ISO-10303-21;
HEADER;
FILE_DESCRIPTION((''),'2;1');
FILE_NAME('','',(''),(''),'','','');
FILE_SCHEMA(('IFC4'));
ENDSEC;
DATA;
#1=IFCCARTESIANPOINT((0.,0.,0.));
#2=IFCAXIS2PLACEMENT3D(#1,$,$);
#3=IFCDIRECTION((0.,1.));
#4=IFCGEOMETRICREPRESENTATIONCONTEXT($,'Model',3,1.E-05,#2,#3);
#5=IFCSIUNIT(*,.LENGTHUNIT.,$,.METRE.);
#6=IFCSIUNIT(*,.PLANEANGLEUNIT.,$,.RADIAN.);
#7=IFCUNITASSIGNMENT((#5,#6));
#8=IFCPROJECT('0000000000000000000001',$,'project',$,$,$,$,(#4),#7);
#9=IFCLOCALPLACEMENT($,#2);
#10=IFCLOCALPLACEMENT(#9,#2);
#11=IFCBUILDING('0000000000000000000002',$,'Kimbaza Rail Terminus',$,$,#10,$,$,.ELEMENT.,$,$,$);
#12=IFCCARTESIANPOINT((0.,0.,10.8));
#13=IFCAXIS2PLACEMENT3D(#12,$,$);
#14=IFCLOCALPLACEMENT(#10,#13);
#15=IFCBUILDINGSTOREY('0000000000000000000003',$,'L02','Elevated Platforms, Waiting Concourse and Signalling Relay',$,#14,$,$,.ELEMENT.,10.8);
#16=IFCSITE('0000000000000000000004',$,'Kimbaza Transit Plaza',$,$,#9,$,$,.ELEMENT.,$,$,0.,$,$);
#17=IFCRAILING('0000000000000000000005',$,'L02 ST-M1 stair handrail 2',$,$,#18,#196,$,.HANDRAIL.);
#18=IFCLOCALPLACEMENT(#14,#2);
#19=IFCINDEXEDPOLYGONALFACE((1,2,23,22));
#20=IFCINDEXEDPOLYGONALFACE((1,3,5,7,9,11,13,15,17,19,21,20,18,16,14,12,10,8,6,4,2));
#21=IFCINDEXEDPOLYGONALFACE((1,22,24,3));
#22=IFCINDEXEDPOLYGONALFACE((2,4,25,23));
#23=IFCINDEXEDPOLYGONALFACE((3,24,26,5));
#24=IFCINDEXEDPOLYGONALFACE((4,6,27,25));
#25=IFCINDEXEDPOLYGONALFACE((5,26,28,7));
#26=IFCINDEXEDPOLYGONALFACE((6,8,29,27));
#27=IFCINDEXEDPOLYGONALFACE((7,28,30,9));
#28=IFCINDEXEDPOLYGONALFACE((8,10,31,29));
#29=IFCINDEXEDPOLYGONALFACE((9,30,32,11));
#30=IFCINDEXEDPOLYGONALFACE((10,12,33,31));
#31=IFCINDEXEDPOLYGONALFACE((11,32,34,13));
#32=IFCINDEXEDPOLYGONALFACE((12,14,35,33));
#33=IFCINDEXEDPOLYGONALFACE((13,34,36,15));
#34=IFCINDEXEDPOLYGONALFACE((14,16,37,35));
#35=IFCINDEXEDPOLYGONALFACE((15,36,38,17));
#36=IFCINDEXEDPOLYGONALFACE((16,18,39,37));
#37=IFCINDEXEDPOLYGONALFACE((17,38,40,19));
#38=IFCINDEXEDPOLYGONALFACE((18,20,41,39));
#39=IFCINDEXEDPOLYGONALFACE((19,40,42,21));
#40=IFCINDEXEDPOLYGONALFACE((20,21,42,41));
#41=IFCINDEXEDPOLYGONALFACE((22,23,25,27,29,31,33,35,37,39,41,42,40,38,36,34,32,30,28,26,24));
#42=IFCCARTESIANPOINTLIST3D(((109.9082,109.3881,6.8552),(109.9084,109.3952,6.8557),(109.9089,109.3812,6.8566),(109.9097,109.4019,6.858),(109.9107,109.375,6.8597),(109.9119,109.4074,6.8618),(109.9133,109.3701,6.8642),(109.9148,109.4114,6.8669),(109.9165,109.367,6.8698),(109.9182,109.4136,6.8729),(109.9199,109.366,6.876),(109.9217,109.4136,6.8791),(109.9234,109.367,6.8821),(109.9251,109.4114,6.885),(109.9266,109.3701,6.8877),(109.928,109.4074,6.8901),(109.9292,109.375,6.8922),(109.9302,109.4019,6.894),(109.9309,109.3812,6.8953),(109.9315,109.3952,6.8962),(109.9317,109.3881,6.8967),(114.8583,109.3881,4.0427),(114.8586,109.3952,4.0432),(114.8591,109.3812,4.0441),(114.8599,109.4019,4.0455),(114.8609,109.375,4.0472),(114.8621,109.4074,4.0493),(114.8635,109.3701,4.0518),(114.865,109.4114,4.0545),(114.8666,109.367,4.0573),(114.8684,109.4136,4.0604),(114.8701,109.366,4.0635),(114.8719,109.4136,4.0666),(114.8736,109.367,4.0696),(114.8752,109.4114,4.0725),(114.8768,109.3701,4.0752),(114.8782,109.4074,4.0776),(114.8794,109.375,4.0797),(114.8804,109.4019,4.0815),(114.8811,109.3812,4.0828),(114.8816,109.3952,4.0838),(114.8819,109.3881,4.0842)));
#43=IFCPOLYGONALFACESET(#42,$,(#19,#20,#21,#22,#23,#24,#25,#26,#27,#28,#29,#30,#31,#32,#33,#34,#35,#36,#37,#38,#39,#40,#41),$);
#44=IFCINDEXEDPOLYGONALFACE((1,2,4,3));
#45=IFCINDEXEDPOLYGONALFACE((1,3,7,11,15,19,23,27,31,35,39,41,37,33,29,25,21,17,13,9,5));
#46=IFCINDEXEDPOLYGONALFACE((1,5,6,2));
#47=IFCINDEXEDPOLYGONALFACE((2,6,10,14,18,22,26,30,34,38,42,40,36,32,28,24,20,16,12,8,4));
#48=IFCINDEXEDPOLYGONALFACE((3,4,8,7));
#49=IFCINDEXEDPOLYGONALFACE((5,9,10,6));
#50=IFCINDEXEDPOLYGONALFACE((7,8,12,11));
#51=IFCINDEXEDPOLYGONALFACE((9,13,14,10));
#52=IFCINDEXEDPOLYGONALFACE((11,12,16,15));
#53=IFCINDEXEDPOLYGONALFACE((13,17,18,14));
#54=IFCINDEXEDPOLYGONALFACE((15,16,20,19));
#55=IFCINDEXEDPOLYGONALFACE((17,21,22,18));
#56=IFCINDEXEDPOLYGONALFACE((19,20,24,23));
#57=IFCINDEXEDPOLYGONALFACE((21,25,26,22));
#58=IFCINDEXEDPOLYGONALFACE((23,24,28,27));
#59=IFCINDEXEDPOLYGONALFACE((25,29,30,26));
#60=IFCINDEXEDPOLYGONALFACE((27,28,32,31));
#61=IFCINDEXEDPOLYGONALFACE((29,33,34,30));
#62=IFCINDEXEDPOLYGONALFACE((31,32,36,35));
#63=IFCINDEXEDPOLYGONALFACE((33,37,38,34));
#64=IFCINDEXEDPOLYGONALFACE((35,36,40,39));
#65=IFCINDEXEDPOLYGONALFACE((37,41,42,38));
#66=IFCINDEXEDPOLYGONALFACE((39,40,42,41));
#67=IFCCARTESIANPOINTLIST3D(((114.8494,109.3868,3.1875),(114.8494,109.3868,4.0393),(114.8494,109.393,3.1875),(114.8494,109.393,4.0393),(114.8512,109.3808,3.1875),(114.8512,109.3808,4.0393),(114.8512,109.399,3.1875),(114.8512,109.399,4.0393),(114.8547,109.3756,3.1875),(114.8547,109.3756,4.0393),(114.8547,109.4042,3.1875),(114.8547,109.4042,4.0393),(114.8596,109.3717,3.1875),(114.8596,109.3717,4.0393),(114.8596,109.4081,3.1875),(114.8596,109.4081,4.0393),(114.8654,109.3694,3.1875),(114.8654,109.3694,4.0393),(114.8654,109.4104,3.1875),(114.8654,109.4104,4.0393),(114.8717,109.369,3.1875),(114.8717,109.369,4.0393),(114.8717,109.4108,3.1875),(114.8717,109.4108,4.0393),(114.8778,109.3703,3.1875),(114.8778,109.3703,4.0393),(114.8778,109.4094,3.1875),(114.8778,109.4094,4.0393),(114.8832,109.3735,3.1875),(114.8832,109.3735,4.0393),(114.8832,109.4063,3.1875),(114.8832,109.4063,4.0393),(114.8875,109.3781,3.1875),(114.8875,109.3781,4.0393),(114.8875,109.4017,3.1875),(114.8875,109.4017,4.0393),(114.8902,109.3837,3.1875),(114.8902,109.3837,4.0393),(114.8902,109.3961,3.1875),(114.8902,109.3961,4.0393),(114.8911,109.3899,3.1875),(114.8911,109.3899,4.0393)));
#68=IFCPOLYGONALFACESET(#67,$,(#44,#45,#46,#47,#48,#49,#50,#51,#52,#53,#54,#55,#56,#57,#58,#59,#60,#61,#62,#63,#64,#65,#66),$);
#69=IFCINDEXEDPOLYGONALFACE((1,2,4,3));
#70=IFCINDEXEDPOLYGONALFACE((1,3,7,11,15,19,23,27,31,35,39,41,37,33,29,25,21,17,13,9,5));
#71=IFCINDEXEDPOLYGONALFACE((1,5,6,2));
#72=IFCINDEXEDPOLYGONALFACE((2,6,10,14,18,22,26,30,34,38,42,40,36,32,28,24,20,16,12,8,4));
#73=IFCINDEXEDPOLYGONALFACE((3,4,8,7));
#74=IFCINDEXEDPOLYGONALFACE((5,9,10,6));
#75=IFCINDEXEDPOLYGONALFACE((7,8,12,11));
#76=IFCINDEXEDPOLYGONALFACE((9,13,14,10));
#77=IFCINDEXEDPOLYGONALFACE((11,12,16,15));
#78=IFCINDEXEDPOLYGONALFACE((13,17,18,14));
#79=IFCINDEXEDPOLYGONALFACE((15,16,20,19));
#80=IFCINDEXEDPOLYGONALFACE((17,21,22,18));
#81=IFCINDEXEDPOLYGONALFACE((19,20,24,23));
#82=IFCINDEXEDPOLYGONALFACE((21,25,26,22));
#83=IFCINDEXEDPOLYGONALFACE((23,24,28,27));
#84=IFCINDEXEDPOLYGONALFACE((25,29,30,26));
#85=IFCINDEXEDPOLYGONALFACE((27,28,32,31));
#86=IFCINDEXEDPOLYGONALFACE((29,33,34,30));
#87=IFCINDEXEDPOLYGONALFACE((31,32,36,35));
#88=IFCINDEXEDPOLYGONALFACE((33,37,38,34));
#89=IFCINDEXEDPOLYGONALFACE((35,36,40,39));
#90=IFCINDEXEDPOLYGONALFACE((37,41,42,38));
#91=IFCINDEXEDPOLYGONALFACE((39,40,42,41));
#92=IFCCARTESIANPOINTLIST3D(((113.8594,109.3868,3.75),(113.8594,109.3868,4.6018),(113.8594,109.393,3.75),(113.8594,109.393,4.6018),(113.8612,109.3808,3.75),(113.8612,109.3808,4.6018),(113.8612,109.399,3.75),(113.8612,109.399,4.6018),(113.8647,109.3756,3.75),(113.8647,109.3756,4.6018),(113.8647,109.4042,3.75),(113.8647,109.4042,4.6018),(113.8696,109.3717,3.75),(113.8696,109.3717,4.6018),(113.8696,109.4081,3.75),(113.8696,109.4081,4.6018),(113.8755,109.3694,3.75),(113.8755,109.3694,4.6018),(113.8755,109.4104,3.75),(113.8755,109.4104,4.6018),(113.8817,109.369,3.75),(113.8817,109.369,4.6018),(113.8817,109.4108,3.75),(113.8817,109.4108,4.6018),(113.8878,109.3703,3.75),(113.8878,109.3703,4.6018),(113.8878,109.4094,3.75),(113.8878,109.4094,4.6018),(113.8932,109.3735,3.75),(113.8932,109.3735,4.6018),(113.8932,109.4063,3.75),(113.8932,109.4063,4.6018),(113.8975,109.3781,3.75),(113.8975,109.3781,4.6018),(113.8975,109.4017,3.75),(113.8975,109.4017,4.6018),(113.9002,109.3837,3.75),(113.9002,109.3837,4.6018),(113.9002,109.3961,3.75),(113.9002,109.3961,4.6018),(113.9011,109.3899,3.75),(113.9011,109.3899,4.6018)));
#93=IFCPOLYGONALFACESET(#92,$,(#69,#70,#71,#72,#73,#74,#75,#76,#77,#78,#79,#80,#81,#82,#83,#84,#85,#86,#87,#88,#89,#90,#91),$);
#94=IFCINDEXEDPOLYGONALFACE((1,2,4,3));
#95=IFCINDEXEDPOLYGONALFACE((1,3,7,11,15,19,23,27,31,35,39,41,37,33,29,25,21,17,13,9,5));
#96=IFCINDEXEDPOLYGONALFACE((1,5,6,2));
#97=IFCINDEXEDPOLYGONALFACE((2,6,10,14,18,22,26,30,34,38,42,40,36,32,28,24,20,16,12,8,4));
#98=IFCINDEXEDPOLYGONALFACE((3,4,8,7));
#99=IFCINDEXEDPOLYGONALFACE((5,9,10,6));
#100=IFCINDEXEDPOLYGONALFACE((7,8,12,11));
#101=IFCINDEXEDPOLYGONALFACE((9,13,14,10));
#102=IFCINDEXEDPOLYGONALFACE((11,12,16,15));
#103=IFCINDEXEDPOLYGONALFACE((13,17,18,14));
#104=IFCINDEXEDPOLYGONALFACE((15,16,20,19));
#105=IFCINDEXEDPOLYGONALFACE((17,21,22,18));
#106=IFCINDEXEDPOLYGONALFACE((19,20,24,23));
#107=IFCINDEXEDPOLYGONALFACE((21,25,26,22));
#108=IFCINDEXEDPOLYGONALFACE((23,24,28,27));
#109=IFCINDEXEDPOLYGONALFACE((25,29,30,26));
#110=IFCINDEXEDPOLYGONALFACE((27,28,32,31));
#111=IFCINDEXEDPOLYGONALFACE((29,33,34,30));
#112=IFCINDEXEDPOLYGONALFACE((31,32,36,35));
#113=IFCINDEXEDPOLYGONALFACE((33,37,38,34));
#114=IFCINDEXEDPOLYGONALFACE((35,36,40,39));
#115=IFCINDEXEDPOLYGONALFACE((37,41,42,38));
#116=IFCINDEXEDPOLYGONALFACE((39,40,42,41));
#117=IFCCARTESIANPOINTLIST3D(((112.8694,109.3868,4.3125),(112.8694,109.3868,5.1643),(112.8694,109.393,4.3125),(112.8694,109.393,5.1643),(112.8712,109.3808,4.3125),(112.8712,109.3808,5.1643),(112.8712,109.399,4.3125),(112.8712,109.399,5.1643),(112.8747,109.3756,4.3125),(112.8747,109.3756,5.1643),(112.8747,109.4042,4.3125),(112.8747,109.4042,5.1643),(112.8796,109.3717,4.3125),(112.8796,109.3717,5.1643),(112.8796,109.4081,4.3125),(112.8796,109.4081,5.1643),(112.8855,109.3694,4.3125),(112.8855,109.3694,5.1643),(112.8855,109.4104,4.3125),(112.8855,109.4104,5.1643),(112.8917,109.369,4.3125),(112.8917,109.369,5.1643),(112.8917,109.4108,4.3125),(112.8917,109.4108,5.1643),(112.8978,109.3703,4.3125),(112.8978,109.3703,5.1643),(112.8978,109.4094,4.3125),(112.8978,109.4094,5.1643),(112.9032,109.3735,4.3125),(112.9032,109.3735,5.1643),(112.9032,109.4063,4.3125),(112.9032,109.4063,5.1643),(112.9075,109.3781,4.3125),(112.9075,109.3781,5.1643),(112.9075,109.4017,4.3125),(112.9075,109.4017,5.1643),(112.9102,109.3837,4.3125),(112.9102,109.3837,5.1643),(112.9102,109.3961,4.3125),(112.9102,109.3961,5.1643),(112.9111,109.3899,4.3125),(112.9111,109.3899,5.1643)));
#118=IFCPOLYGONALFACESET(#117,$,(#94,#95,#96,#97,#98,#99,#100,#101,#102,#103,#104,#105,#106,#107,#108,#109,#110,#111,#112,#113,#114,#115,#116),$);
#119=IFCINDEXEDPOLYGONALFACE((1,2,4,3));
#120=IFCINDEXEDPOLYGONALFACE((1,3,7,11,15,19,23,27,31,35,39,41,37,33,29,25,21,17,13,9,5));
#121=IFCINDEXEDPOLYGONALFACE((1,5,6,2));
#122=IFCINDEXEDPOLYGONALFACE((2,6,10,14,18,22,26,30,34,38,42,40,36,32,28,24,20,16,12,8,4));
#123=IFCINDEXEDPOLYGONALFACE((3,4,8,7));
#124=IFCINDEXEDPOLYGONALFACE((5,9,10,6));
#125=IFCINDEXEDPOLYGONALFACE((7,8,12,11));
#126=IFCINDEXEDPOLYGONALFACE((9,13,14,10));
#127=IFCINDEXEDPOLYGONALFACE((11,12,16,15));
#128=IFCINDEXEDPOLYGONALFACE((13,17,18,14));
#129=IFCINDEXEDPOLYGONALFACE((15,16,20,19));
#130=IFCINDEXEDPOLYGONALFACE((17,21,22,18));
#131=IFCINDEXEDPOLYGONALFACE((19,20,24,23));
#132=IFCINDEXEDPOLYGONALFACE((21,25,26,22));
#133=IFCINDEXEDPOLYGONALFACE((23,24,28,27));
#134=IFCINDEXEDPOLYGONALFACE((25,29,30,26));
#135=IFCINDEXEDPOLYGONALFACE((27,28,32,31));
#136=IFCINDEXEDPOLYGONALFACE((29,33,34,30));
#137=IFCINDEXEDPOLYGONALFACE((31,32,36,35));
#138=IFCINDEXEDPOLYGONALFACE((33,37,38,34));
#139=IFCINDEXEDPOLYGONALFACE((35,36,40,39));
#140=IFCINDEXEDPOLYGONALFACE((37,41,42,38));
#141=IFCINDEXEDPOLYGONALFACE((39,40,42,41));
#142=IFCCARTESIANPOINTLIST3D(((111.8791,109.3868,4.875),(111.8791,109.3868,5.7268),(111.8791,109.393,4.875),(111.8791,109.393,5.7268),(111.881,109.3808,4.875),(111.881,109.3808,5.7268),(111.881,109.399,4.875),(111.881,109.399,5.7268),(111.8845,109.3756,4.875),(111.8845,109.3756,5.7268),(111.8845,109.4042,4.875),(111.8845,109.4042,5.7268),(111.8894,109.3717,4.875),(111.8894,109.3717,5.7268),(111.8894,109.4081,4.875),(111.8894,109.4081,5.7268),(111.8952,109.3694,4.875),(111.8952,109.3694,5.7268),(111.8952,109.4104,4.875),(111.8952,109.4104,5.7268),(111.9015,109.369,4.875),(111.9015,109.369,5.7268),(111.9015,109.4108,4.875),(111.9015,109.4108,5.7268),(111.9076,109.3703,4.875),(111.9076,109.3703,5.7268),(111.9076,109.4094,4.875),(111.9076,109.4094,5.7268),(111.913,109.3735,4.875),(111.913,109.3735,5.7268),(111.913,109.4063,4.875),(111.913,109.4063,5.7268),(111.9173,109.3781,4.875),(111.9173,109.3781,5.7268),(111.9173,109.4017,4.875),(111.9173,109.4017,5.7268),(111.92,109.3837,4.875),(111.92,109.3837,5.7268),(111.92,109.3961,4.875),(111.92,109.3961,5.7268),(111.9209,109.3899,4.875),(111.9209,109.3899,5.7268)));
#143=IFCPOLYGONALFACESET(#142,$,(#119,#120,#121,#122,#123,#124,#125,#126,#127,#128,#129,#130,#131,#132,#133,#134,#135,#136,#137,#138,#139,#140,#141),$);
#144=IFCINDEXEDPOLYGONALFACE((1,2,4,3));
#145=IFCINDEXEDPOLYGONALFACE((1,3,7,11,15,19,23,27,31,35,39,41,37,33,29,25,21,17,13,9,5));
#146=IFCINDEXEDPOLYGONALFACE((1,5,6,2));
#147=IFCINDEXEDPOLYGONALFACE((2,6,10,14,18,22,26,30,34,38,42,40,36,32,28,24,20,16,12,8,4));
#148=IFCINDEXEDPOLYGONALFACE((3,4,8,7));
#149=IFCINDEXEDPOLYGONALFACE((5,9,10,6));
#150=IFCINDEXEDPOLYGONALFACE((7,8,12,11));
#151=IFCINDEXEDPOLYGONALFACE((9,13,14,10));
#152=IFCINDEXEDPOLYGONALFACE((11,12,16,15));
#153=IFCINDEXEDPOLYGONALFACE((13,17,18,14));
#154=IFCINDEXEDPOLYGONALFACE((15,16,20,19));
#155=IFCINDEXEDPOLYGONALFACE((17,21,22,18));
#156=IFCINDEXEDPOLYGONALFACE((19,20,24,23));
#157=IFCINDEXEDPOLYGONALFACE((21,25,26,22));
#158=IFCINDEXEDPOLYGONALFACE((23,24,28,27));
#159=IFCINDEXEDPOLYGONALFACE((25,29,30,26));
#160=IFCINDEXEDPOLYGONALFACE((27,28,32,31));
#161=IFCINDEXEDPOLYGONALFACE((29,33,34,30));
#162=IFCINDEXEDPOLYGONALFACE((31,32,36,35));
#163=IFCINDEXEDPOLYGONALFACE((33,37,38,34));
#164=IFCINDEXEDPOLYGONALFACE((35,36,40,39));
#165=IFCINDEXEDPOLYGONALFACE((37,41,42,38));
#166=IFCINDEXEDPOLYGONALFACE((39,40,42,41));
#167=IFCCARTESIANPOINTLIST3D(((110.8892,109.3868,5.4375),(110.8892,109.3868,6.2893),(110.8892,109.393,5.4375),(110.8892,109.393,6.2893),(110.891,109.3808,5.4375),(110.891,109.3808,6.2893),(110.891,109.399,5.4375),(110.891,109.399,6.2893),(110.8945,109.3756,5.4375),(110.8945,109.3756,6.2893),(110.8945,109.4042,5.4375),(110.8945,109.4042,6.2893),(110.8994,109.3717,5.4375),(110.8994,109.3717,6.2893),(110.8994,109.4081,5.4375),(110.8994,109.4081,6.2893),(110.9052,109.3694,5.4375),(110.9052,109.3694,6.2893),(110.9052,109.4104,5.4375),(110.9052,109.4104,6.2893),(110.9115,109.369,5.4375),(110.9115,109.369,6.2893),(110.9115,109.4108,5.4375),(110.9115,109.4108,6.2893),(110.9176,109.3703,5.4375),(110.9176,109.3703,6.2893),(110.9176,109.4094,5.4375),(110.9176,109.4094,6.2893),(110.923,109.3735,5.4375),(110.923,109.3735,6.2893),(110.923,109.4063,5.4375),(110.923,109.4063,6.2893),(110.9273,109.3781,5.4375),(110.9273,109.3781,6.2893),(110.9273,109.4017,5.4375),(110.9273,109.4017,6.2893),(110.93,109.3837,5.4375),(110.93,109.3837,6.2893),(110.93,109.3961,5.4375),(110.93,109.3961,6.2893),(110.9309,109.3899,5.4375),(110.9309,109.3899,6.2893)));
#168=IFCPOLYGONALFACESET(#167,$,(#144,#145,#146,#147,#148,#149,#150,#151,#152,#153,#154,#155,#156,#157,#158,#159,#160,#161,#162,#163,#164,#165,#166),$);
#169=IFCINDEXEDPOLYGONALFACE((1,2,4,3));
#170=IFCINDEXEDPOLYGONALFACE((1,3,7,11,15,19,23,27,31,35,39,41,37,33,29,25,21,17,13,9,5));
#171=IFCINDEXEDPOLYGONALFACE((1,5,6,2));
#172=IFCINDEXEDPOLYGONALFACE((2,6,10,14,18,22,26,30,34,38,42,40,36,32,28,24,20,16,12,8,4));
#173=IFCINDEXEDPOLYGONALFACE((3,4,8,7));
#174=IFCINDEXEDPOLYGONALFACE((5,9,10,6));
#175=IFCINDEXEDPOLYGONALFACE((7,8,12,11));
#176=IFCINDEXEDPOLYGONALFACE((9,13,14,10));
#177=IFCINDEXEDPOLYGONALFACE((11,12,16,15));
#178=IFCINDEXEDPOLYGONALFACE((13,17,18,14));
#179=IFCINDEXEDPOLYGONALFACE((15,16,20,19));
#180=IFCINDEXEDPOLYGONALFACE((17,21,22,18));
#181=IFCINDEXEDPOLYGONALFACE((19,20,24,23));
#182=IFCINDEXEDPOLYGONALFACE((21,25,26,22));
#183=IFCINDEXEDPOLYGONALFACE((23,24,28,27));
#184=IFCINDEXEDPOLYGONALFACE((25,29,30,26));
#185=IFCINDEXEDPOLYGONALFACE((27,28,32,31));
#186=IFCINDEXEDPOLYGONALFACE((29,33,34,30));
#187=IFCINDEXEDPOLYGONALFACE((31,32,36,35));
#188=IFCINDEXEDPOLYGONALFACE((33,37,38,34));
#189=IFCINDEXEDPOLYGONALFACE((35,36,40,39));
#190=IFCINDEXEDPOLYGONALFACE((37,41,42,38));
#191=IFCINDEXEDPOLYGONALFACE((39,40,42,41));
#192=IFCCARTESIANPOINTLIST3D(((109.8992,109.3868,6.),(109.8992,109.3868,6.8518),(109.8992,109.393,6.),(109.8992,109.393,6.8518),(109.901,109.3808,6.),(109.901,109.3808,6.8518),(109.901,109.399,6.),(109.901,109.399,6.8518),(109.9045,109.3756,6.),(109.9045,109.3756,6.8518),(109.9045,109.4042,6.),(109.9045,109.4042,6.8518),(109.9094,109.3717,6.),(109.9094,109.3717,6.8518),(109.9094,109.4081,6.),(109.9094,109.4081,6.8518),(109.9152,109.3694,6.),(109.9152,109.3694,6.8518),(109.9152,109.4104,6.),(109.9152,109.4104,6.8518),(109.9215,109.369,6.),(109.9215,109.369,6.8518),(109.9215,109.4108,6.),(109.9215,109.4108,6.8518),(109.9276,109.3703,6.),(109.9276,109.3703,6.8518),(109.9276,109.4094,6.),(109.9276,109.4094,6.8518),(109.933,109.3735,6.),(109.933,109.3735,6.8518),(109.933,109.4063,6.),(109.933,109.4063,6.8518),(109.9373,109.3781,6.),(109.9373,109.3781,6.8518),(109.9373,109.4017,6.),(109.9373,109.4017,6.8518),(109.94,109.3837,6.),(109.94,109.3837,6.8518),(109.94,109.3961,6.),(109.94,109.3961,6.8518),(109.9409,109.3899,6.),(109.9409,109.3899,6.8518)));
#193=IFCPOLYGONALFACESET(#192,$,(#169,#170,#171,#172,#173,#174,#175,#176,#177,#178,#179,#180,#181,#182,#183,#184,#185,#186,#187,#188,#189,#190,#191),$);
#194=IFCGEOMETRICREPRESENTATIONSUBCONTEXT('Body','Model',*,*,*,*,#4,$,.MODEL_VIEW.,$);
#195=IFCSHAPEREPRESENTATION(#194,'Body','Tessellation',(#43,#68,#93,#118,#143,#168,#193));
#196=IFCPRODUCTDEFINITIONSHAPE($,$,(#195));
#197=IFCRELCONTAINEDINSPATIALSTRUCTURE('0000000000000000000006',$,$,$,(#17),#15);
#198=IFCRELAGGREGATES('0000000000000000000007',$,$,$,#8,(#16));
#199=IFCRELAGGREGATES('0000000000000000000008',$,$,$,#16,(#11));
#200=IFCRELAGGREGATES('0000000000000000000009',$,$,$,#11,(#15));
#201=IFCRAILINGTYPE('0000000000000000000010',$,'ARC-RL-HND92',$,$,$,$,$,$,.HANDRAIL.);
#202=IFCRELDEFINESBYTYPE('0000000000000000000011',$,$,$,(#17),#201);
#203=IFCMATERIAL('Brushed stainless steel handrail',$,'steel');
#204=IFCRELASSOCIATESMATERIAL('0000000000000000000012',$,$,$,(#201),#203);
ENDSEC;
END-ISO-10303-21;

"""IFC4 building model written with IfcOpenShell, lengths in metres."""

from ifc_helpers import new_model, si_unit, direction, frame, origin, origin_2d, place, context, subcontext, project, spatial, circle, extrude, material, type_object, element, save


model = new_model("IFC4")

# Units and contexts
model_context = context("Model", 3, precision=1e-05, world=origin(), true_north=direction((0.0, 1.0)))
body_context = subcontext(model_context, "Body", "Model", "MODEL_VIEW")
ifc_project = project(units=[si_unit("LENGTHUNIT", "METRE"), si_unit("PLANEANGLEUNIT", "RADIAN")], contexts=[model_context])

# Site, building, storey
site_placement = place(None, origin())
site = spatial("IfcSite", under=ifc_project, at=site_placement, Name="Kimbaza Transit Plaza", CompositionType="ELEMENT", RefElevation=0.0)
building_placement = place(site_placement, origin())
building = spatial("IfcBuilding", under=site, at=building_placement, Name="Kimbaza Rail Terminus", CompositionType="ELEMENT")
storey_placement = place(building_placement, frame((0.0, 0.0, 10.8)))
storey = spatial("IfcBuildingStorey", under=building, at=storey_placement, Name="L02", Description="Elevated Platforms, Waiting Concourse and Signalling Relay", CompositionType="ELEMENT", Elevation=10.8)

# Railing
ifc_material_1 = material(Name="Brushed stainless steel handrail", Category="steel")
railing_type_1 = type_object("IfcRailingType", Name="ARC-RL-HND92", PredefinedType="HANDRAIL", material=ifc_material_1)
railing_1_placement = place(storey_placement, frame((114.8701, 109.3899, 3.1875)))
element("IfcRailing", 1, at=railing_1_placement, inside=storey, type_object=railing_type_1, Name="L02 ST-M1 stair handrail 2", PredefinedType="HANDRAIL", context=body_context, shape_type="SweptSolid", body=[
    extrude(circle(Radius=0.0239, at=origin_2d()), frame((0.0, 0.0, 0.876), z_axis=(-0.869465, 0.0, 0.493995), x_axis=(0.0, -1.0, 0.0)), (0.0, 0.0, 1.0), 5.6934),
    extrude(circle(Radius=0.021, at=origin_2d()), origin(), (0.0, 0.0, 1.0), 0.8518),
    extrude(circle(Radius=0.021, at=origin_2d()), frame((-0.99, 0.0, 0.5625)), (0.0, 0.0, 1.0), 0.8518),
    extrude(circle(Radius=0.021, at=origin_2d()), frame((-1.98, 0.0, 1.125)), (0.0, 0.0, 1.0), 0.8518),
    extrude(circle(Radius=0.021, at=origin_2d()), frame((-2.9702, 0.0, 1.6875)), (0.0, 0.0, 1.0), 0.8518),
    extrude(circle(Radius=0.021, at=origin_2d()), frame((-3.9602, 0.0, 2.25)), (0.0, 0.0, 1.0), 0.8518),
    extrude(circle(Radius=0.021, at=origin_2d()), frame((-4.9502, 0.0, 2.8125)), (0.0, 0.0, 1.0), 0.8518),
])

save(model, "model.ifc")
